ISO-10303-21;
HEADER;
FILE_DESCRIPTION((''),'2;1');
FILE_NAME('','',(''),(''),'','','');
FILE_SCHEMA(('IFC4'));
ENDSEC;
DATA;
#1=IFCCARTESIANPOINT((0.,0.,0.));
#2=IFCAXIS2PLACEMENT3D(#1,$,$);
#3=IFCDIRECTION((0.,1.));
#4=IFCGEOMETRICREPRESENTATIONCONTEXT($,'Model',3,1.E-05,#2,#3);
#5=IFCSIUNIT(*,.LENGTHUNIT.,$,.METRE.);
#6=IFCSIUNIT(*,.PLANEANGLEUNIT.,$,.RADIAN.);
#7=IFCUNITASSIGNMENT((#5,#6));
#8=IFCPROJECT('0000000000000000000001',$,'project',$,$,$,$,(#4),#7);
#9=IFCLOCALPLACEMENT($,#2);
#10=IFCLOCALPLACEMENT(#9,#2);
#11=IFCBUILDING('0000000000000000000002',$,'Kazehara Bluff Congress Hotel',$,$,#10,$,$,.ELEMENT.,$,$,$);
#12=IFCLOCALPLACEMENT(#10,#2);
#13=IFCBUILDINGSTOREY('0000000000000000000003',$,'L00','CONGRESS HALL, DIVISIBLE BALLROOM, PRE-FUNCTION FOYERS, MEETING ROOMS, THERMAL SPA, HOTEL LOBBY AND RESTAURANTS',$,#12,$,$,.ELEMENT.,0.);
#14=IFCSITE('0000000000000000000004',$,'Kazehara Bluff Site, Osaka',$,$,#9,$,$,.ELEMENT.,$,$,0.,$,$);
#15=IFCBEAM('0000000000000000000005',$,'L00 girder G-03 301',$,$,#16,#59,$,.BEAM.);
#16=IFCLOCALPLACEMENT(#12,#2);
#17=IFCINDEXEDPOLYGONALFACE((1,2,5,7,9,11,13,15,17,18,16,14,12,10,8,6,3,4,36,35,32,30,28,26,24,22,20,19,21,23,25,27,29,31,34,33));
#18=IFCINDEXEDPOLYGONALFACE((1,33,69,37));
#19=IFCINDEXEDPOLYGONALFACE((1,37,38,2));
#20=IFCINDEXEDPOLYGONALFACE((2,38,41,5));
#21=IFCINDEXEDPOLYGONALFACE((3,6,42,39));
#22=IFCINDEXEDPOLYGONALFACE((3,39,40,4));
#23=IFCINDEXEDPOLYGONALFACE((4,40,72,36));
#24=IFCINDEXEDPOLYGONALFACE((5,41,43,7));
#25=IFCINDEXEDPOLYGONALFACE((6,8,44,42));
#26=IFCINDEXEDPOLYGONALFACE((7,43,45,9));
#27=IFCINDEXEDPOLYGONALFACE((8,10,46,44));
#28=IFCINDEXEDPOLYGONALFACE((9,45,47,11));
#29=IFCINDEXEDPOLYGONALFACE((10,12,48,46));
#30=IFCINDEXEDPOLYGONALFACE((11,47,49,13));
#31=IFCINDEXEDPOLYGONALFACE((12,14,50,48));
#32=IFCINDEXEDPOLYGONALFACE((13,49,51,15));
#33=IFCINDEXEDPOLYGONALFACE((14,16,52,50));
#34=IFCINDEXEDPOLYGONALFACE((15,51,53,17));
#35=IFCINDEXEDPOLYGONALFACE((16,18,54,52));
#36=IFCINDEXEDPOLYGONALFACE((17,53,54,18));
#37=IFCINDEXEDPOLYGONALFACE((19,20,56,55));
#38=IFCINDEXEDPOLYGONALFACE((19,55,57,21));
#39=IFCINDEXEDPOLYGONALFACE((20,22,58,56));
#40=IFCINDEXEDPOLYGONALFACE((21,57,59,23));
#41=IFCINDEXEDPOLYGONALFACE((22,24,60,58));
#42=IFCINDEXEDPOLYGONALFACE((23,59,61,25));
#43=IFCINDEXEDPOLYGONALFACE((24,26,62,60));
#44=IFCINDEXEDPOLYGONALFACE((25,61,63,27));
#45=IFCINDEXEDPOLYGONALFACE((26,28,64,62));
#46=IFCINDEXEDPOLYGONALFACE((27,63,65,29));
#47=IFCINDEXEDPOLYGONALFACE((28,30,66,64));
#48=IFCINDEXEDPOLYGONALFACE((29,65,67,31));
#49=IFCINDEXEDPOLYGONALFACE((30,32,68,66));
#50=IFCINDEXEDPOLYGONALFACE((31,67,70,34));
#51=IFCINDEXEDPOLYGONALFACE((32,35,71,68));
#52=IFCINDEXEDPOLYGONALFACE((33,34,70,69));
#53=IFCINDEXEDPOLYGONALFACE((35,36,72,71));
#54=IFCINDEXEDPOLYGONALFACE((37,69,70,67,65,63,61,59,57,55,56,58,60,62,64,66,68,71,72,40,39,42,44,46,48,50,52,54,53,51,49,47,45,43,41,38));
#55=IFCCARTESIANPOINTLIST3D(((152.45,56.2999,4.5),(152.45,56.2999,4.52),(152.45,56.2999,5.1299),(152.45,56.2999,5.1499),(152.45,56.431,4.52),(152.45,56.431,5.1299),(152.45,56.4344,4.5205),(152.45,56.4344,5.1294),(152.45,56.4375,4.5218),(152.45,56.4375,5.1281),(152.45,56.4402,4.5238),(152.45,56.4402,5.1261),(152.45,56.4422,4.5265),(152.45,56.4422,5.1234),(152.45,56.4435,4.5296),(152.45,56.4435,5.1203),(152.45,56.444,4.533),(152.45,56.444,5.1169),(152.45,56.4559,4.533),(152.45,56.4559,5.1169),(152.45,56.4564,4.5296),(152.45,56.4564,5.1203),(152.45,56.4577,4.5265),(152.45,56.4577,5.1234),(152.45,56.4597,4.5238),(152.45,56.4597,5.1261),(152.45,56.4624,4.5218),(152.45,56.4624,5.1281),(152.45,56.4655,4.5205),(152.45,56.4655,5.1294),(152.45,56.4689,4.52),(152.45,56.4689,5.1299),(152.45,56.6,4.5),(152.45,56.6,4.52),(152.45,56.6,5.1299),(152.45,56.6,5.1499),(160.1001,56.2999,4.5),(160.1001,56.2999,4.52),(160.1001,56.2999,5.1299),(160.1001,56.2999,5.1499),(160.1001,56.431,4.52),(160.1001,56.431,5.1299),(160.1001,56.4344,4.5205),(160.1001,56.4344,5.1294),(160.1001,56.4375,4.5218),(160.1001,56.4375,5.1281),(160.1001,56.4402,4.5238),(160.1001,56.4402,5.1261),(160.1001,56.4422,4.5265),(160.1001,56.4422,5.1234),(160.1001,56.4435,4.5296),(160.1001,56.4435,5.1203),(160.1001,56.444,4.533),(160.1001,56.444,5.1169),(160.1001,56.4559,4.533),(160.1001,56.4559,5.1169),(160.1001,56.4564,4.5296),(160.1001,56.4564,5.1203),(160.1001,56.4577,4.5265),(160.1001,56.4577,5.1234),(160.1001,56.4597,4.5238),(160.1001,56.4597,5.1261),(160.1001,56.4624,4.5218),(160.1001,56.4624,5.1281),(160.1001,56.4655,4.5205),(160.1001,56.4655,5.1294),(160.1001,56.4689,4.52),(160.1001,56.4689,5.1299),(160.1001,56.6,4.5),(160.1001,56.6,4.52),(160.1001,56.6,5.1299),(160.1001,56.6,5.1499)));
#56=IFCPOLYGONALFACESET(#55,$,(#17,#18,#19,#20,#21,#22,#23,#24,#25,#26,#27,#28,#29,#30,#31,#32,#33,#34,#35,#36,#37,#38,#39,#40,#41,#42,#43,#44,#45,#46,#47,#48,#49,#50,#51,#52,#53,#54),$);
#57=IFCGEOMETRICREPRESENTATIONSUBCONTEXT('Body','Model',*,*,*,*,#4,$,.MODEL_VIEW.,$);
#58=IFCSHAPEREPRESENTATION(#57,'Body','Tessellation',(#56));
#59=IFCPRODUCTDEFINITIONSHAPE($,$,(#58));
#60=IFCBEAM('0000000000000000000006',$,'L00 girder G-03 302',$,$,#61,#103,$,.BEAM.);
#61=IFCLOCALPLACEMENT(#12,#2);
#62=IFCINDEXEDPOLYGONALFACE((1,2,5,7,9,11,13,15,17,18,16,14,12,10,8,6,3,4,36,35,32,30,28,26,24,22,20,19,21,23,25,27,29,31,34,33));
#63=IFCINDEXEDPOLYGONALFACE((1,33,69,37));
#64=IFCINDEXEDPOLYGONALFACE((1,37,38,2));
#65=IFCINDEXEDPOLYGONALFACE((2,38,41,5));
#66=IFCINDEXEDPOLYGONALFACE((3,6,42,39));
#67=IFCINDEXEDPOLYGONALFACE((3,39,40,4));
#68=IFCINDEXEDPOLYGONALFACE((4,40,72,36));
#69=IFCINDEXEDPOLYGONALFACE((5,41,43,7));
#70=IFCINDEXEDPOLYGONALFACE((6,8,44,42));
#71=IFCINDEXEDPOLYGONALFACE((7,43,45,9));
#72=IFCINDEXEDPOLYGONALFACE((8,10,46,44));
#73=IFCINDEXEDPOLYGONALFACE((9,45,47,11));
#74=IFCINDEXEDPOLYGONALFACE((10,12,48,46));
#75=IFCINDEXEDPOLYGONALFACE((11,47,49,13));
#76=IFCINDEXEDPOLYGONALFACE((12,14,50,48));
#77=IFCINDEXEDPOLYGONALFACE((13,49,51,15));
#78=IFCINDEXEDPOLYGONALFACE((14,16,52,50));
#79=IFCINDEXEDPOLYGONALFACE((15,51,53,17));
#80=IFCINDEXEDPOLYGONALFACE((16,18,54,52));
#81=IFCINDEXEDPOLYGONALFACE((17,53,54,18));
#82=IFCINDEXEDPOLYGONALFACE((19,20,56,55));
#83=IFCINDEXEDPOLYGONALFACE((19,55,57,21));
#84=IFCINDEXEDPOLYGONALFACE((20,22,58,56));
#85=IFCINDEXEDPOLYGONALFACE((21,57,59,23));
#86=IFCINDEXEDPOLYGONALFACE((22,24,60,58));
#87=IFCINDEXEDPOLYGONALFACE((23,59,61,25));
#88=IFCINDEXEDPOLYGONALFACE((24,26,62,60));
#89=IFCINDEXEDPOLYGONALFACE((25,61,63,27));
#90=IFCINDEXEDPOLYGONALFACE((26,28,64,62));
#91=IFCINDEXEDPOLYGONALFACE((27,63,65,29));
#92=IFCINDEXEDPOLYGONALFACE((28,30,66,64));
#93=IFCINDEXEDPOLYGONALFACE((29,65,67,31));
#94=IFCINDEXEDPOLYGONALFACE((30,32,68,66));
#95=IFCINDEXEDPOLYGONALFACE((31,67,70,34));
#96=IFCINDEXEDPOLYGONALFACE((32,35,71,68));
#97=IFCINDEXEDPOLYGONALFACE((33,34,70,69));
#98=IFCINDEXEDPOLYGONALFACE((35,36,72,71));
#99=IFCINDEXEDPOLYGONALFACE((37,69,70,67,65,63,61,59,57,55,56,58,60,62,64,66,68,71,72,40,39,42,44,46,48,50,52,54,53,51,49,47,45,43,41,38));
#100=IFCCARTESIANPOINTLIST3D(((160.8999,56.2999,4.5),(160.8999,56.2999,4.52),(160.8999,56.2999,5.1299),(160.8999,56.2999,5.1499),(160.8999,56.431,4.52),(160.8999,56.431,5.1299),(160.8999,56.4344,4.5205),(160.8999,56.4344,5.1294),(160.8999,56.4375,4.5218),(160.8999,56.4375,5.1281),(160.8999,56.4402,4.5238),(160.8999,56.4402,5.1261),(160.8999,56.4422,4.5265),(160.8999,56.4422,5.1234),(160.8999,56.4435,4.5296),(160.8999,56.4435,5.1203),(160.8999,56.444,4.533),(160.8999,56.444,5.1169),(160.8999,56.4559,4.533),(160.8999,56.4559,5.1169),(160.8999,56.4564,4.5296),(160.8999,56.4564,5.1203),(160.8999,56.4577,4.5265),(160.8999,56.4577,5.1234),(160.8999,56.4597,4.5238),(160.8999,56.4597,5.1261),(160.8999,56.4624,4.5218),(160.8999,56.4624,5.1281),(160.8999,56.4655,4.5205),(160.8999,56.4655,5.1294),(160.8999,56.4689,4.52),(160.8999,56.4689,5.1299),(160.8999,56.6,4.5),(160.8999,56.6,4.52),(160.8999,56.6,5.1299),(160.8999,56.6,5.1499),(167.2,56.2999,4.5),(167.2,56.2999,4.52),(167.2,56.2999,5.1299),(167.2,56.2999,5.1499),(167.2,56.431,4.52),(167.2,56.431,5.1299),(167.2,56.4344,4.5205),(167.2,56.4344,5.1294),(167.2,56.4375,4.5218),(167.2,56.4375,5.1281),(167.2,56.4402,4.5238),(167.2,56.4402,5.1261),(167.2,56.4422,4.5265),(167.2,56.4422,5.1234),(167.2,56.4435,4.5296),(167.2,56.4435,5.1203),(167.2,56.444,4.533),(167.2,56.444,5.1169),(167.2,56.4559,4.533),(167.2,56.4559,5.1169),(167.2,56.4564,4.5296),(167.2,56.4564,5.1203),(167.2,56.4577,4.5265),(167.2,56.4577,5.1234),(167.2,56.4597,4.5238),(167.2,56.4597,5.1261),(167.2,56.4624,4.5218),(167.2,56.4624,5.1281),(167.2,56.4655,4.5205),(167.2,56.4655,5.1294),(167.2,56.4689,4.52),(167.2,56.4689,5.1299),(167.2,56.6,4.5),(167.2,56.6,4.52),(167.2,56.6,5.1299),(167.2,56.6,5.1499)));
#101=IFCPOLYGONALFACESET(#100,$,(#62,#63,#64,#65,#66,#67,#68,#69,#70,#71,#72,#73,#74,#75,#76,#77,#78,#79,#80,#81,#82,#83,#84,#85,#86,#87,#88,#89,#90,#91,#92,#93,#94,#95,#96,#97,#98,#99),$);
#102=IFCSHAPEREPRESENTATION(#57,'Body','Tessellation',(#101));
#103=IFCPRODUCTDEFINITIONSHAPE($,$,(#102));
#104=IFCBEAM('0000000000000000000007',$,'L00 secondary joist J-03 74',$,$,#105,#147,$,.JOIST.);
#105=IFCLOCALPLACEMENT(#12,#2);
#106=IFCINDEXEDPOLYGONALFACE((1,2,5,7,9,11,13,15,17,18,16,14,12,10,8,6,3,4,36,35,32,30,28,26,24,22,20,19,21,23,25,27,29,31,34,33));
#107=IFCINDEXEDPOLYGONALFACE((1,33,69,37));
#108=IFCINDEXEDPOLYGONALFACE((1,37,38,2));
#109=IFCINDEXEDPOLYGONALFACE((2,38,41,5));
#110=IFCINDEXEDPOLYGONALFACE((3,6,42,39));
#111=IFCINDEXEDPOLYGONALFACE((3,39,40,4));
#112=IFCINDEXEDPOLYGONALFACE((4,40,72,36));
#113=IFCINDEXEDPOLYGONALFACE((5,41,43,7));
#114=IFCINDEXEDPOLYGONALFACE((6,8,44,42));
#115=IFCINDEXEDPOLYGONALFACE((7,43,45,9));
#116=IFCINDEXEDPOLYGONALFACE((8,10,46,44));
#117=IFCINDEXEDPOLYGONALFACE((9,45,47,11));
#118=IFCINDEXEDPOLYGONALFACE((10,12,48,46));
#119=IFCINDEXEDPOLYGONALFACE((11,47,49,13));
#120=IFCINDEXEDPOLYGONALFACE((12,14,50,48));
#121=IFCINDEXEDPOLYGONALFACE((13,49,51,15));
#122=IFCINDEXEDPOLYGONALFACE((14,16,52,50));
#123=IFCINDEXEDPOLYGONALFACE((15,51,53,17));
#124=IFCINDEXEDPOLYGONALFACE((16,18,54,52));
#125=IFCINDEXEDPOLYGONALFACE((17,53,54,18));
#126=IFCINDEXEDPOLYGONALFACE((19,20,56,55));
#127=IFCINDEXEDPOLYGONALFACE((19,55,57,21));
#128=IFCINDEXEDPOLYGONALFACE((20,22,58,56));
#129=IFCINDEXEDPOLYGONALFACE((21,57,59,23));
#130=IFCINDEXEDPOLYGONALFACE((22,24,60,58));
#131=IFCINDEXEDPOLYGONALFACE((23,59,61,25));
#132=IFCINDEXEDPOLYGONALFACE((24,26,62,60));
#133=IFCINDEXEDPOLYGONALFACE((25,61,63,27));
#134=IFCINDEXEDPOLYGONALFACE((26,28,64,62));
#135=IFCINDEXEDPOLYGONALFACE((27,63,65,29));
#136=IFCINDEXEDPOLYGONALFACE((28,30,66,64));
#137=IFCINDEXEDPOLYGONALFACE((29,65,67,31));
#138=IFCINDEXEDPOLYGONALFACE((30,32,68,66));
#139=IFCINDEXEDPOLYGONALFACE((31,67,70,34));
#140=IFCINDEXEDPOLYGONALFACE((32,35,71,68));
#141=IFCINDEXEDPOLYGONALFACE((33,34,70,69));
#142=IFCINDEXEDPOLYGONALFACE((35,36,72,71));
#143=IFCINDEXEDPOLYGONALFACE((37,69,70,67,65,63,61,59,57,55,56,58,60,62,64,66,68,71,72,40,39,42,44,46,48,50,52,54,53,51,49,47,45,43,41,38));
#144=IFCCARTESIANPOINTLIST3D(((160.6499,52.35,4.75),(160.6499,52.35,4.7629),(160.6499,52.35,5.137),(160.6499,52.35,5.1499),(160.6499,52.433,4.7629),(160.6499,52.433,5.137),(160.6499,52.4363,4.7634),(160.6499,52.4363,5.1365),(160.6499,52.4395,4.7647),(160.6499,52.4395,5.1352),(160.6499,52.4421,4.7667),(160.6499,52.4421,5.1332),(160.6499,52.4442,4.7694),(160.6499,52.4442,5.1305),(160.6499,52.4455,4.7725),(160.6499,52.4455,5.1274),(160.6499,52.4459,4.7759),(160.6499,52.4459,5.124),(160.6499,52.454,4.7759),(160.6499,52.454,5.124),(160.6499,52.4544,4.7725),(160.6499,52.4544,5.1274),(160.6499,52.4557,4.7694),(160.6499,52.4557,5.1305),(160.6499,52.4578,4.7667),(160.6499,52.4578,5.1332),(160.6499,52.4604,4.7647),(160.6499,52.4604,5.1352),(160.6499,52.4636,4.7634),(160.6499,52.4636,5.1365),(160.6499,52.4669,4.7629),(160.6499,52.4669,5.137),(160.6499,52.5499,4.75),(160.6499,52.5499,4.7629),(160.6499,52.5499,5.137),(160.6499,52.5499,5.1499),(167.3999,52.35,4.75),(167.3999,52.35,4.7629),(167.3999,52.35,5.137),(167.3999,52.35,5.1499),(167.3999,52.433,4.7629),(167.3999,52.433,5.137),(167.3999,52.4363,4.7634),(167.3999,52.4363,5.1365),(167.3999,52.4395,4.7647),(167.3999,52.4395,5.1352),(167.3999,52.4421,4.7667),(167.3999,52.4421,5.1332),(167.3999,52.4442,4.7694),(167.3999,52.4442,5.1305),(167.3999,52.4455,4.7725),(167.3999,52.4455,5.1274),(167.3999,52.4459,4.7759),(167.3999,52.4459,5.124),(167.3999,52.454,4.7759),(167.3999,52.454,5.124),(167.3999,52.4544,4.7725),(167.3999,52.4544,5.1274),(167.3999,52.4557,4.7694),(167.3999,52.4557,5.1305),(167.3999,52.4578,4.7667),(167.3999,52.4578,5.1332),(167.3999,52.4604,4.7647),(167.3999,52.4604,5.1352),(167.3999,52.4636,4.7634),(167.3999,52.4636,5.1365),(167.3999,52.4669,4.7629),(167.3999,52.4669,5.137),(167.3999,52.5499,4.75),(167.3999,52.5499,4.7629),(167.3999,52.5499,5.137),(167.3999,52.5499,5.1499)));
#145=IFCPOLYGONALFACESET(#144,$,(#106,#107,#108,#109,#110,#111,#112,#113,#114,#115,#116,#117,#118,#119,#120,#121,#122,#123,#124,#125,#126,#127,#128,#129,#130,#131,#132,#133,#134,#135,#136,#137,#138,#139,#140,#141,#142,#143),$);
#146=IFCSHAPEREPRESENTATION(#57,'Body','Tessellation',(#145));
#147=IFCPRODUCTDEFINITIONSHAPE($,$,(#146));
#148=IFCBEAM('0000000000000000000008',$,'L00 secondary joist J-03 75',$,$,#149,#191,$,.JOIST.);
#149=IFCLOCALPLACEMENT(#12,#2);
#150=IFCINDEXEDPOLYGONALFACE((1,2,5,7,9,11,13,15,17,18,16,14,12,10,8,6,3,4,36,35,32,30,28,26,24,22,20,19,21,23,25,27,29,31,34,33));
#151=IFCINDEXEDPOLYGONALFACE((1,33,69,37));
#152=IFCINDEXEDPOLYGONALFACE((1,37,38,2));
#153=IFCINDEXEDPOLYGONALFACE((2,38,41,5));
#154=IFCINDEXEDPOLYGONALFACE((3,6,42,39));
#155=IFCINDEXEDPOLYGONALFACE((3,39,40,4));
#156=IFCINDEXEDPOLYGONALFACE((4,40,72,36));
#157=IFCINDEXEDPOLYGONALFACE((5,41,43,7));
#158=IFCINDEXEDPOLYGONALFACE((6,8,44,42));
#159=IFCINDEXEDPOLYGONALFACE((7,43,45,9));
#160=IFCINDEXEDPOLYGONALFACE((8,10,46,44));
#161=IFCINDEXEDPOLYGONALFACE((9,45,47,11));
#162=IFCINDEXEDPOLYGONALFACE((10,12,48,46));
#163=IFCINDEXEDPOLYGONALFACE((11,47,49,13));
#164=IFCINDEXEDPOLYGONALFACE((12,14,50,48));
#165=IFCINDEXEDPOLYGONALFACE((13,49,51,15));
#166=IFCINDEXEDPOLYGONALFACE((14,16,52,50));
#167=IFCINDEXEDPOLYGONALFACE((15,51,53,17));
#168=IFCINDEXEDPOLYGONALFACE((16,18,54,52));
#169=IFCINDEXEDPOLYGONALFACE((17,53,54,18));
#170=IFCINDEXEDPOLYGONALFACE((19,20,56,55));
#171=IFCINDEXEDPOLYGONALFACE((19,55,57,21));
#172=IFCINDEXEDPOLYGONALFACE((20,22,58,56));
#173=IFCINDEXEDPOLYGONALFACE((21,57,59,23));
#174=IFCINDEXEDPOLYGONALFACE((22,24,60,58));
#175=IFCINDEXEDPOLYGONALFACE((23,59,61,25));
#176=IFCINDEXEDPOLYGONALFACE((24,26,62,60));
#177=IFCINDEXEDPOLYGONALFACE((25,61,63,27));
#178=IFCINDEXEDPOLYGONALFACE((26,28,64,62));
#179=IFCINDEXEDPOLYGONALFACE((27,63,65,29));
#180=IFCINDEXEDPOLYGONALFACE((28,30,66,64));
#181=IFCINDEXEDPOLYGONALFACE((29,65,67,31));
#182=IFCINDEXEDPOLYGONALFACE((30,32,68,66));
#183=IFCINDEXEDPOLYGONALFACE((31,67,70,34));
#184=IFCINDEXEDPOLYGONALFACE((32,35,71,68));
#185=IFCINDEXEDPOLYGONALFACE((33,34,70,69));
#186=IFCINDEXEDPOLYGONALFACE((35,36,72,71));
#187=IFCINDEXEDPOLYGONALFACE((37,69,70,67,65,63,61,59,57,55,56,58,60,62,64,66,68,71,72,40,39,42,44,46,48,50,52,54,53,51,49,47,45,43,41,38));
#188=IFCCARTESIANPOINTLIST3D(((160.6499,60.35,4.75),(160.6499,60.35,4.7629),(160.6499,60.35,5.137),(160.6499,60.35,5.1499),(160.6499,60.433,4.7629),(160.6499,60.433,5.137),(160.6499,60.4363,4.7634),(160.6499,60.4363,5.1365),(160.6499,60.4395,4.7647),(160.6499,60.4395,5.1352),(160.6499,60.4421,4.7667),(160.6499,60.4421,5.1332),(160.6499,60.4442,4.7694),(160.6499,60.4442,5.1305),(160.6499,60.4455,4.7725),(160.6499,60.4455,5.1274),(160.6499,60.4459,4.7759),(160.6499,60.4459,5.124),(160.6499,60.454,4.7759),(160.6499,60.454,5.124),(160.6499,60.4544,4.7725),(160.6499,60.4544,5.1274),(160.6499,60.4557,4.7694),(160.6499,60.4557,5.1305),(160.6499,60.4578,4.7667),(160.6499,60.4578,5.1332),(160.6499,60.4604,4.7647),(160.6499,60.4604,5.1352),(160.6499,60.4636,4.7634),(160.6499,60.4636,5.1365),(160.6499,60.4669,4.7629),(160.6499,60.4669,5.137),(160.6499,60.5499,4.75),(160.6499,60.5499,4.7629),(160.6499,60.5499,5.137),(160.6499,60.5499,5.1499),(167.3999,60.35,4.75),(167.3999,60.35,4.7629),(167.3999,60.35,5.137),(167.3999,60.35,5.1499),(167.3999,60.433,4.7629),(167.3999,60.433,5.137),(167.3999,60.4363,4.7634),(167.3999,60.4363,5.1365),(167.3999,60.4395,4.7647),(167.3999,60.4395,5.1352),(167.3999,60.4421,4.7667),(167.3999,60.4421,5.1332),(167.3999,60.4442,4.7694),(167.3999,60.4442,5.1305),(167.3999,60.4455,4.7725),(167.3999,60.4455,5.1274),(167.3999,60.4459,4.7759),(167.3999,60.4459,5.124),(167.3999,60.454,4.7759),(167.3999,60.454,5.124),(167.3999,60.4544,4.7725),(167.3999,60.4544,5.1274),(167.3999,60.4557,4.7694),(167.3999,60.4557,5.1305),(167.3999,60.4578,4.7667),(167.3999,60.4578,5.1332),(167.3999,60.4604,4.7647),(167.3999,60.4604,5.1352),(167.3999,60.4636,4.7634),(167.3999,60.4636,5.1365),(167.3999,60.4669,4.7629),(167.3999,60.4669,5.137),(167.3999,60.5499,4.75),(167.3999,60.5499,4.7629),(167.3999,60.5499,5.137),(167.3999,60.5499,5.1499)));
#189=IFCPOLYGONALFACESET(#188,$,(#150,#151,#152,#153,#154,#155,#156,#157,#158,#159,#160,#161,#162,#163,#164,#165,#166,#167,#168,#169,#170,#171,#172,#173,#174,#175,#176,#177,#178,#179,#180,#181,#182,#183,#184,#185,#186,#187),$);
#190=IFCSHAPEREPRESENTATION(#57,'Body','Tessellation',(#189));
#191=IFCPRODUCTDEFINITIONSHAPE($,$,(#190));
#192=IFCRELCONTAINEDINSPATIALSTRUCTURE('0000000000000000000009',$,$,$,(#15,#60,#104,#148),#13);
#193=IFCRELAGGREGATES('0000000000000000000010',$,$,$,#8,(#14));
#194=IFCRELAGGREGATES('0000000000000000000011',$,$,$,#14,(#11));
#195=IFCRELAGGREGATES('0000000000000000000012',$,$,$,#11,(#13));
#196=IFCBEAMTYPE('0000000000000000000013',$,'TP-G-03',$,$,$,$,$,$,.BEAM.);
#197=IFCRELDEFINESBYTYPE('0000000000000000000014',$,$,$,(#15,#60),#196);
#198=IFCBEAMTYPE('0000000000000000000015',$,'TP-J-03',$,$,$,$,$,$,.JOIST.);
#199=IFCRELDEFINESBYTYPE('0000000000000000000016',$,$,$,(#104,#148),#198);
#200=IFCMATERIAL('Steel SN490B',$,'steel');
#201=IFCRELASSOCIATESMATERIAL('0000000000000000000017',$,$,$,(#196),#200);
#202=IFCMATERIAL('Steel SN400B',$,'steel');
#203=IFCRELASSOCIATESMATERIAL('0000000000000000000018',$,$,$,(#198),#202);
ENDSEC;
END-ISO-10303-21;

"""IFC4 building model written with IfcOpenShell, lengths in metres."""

from ifc_helpers import new_model, si_unit, direction, frame, origin, origin_2d, place, context, subcontext, project, spatial, i_section, extrude, material, material_profile, profile_set, type_object, element, save


model = new_model("IFC4")

# Units and contexts
model_context = context("Model", 3, precision=1e-05, world=origin(), true_north=direction((0.0, 1.0)))
body_context = subcontext(model_context, "Body", "Model", "MODEL_VIEW")
ifc_project = project(units=[si_unit("LENGTHUNIT", "METRE"), si_unit("PLANEANGLEUNIT", "RADIAN")], contexts=[model_context])

# Site, building, storey
site_placement = place(None, origin())
site = spatial("IfcSite", under=ifc_project, at=site_placement, Name="Kazehara Bluff Site, Osaka", CompositionType="ELEMENT", RefElevation=0.0)
building_placement = place(site_placement, origin())
building = spatial("IfcBuilding", under=site, at=building_placement, Name="Kazehara Bluff Congress Hotel", CompositionType="ELEMENT")
storey_placement = place(building_placement, origin())
storey = spatial("IfcBuildingStorey", under=building, at=storey_placement, Name="L00", Description="CONGRESS HALL, DIVISIBLE BALLROOM, PRE-FUNCTION FOYERS, MEETING ROOMS, THERMAL SPA, HOTEL LOBBY AND RESTAURANTS", CompositionType="ELEMENT", Elevation=0.0)

# Beams
ifc_material_1 = material(Name="Steel SN490B", Category="steel")
ifc_material_profile_1 = material_profile(ifc_material_1, i_section(OverallWidth=0.3, OverallDepth=0.6499, WebThickness=0.012, FlangeThickness=0.02, FilletRadius=0.0129, at=origin_2d()))
ifc_profile_set_1 = profile_set([ifc_material_profile_1], Name="Steel SN490B")
beam_type_1 = type_object("IfcBeamType", Name="TP-G-03", PredefinedType="BEAM", material=ifc_profile_set_1)
beam_1_placement = place(storey_placement, frame((152.45, 56.45, 4.825), z_axis=(1.0, 0.0, 0.0), x_axis=(0.0, 1.0, 0.0)))
element("IfcBeam", 1, at=beam_1_placement, inside=storey, type_object=beam_type_1, Name="L00 girder G-03 301", PredefinedType="BEAM", context=body_context, shape_type="SweptSolid", body=[
    extrude(i_section(OverallWidth=0.3, OverallDepth=0.6499, WebThickness=0.012, FlangeThickness=0.02, FilletRadius=0.0129, at=origin_2d()), origin(), (0.0, 0.0, 1.0), 7.6501),
])
beam_2_placement = place(storey_placement, frame((160.8999, 56.45, 4.825), z_axis=(1.0, 0.0, 0.0), x_axis=(0.0, 1.0, 0.0)))
element("IfcBeam", 2, at=beam_2_placement, inside=storey, type_object=beam_type_1, Name="L00 girder G-03 302", PredefinedType="BEAM", context=body_context, shape_type="SweptSolid", body=[
    extrude(i_section(OverallWidth=0.3, OverallDepth=0.6499, WebThickness=0.012, FlangeThickness=0.02, FilletRadius=0.0129, at=origin_2d()), origin(), (0.0, 0.0, 1.0), 6.3),
])
ifc_material_2 = material(Name="Steel SN400B", Category="steel")
ifc_material_profile_2 = material_profile(ifc_material_2, i_section(OverallWidth=0.2, OverallDepth=0.3999, WebThickness=0.0081, FlangeThickness=0.0129, FilletRadius=0.0129, at=origin_2d()))
ifc_profile_set_2 = profile_set([ifc_material_profile_2], Name="Steel SN400B")
beam_type_2 = type_object("IfcBeamType", Name="TP-J-03", PredefinedType="JOIST", material=ifc_profile_set_2)
for number, where, z_axis, x_axis, name in (
    (3, (160.6499, 52.45, 4.95), (1.0, 0.0, 0.0), (0.0, 1.0, 0.0), "L00 secondary joist J-03 74"),
    (4, (160.6499, 60.45, 4.95), (1.0, 0.0, 0.0), (0.0, 1.0, 0.0), "L00 secondary joist J-03 75"),
):
    element("IfcBeam", number, at=place(storey_placement, frame(where, z_axis=z_axis, x_axis=x_axis)), inside=storey, type_object=beam_type_2, Name=name, PredefinedType="JOIST", context=body_context, shape_type="SweptSolid", body=[
        extrude(i_section(OverallWidth=0.2, OverallDepth=0.3999, WebThickness=0.0081, FlangeThickness=0.0129, FilletRadius=0.0129, at=origin_2d()), origin(), (0.0, 0.0, 1.0), 6.75),
    ])

save(model, "model.ifc")
